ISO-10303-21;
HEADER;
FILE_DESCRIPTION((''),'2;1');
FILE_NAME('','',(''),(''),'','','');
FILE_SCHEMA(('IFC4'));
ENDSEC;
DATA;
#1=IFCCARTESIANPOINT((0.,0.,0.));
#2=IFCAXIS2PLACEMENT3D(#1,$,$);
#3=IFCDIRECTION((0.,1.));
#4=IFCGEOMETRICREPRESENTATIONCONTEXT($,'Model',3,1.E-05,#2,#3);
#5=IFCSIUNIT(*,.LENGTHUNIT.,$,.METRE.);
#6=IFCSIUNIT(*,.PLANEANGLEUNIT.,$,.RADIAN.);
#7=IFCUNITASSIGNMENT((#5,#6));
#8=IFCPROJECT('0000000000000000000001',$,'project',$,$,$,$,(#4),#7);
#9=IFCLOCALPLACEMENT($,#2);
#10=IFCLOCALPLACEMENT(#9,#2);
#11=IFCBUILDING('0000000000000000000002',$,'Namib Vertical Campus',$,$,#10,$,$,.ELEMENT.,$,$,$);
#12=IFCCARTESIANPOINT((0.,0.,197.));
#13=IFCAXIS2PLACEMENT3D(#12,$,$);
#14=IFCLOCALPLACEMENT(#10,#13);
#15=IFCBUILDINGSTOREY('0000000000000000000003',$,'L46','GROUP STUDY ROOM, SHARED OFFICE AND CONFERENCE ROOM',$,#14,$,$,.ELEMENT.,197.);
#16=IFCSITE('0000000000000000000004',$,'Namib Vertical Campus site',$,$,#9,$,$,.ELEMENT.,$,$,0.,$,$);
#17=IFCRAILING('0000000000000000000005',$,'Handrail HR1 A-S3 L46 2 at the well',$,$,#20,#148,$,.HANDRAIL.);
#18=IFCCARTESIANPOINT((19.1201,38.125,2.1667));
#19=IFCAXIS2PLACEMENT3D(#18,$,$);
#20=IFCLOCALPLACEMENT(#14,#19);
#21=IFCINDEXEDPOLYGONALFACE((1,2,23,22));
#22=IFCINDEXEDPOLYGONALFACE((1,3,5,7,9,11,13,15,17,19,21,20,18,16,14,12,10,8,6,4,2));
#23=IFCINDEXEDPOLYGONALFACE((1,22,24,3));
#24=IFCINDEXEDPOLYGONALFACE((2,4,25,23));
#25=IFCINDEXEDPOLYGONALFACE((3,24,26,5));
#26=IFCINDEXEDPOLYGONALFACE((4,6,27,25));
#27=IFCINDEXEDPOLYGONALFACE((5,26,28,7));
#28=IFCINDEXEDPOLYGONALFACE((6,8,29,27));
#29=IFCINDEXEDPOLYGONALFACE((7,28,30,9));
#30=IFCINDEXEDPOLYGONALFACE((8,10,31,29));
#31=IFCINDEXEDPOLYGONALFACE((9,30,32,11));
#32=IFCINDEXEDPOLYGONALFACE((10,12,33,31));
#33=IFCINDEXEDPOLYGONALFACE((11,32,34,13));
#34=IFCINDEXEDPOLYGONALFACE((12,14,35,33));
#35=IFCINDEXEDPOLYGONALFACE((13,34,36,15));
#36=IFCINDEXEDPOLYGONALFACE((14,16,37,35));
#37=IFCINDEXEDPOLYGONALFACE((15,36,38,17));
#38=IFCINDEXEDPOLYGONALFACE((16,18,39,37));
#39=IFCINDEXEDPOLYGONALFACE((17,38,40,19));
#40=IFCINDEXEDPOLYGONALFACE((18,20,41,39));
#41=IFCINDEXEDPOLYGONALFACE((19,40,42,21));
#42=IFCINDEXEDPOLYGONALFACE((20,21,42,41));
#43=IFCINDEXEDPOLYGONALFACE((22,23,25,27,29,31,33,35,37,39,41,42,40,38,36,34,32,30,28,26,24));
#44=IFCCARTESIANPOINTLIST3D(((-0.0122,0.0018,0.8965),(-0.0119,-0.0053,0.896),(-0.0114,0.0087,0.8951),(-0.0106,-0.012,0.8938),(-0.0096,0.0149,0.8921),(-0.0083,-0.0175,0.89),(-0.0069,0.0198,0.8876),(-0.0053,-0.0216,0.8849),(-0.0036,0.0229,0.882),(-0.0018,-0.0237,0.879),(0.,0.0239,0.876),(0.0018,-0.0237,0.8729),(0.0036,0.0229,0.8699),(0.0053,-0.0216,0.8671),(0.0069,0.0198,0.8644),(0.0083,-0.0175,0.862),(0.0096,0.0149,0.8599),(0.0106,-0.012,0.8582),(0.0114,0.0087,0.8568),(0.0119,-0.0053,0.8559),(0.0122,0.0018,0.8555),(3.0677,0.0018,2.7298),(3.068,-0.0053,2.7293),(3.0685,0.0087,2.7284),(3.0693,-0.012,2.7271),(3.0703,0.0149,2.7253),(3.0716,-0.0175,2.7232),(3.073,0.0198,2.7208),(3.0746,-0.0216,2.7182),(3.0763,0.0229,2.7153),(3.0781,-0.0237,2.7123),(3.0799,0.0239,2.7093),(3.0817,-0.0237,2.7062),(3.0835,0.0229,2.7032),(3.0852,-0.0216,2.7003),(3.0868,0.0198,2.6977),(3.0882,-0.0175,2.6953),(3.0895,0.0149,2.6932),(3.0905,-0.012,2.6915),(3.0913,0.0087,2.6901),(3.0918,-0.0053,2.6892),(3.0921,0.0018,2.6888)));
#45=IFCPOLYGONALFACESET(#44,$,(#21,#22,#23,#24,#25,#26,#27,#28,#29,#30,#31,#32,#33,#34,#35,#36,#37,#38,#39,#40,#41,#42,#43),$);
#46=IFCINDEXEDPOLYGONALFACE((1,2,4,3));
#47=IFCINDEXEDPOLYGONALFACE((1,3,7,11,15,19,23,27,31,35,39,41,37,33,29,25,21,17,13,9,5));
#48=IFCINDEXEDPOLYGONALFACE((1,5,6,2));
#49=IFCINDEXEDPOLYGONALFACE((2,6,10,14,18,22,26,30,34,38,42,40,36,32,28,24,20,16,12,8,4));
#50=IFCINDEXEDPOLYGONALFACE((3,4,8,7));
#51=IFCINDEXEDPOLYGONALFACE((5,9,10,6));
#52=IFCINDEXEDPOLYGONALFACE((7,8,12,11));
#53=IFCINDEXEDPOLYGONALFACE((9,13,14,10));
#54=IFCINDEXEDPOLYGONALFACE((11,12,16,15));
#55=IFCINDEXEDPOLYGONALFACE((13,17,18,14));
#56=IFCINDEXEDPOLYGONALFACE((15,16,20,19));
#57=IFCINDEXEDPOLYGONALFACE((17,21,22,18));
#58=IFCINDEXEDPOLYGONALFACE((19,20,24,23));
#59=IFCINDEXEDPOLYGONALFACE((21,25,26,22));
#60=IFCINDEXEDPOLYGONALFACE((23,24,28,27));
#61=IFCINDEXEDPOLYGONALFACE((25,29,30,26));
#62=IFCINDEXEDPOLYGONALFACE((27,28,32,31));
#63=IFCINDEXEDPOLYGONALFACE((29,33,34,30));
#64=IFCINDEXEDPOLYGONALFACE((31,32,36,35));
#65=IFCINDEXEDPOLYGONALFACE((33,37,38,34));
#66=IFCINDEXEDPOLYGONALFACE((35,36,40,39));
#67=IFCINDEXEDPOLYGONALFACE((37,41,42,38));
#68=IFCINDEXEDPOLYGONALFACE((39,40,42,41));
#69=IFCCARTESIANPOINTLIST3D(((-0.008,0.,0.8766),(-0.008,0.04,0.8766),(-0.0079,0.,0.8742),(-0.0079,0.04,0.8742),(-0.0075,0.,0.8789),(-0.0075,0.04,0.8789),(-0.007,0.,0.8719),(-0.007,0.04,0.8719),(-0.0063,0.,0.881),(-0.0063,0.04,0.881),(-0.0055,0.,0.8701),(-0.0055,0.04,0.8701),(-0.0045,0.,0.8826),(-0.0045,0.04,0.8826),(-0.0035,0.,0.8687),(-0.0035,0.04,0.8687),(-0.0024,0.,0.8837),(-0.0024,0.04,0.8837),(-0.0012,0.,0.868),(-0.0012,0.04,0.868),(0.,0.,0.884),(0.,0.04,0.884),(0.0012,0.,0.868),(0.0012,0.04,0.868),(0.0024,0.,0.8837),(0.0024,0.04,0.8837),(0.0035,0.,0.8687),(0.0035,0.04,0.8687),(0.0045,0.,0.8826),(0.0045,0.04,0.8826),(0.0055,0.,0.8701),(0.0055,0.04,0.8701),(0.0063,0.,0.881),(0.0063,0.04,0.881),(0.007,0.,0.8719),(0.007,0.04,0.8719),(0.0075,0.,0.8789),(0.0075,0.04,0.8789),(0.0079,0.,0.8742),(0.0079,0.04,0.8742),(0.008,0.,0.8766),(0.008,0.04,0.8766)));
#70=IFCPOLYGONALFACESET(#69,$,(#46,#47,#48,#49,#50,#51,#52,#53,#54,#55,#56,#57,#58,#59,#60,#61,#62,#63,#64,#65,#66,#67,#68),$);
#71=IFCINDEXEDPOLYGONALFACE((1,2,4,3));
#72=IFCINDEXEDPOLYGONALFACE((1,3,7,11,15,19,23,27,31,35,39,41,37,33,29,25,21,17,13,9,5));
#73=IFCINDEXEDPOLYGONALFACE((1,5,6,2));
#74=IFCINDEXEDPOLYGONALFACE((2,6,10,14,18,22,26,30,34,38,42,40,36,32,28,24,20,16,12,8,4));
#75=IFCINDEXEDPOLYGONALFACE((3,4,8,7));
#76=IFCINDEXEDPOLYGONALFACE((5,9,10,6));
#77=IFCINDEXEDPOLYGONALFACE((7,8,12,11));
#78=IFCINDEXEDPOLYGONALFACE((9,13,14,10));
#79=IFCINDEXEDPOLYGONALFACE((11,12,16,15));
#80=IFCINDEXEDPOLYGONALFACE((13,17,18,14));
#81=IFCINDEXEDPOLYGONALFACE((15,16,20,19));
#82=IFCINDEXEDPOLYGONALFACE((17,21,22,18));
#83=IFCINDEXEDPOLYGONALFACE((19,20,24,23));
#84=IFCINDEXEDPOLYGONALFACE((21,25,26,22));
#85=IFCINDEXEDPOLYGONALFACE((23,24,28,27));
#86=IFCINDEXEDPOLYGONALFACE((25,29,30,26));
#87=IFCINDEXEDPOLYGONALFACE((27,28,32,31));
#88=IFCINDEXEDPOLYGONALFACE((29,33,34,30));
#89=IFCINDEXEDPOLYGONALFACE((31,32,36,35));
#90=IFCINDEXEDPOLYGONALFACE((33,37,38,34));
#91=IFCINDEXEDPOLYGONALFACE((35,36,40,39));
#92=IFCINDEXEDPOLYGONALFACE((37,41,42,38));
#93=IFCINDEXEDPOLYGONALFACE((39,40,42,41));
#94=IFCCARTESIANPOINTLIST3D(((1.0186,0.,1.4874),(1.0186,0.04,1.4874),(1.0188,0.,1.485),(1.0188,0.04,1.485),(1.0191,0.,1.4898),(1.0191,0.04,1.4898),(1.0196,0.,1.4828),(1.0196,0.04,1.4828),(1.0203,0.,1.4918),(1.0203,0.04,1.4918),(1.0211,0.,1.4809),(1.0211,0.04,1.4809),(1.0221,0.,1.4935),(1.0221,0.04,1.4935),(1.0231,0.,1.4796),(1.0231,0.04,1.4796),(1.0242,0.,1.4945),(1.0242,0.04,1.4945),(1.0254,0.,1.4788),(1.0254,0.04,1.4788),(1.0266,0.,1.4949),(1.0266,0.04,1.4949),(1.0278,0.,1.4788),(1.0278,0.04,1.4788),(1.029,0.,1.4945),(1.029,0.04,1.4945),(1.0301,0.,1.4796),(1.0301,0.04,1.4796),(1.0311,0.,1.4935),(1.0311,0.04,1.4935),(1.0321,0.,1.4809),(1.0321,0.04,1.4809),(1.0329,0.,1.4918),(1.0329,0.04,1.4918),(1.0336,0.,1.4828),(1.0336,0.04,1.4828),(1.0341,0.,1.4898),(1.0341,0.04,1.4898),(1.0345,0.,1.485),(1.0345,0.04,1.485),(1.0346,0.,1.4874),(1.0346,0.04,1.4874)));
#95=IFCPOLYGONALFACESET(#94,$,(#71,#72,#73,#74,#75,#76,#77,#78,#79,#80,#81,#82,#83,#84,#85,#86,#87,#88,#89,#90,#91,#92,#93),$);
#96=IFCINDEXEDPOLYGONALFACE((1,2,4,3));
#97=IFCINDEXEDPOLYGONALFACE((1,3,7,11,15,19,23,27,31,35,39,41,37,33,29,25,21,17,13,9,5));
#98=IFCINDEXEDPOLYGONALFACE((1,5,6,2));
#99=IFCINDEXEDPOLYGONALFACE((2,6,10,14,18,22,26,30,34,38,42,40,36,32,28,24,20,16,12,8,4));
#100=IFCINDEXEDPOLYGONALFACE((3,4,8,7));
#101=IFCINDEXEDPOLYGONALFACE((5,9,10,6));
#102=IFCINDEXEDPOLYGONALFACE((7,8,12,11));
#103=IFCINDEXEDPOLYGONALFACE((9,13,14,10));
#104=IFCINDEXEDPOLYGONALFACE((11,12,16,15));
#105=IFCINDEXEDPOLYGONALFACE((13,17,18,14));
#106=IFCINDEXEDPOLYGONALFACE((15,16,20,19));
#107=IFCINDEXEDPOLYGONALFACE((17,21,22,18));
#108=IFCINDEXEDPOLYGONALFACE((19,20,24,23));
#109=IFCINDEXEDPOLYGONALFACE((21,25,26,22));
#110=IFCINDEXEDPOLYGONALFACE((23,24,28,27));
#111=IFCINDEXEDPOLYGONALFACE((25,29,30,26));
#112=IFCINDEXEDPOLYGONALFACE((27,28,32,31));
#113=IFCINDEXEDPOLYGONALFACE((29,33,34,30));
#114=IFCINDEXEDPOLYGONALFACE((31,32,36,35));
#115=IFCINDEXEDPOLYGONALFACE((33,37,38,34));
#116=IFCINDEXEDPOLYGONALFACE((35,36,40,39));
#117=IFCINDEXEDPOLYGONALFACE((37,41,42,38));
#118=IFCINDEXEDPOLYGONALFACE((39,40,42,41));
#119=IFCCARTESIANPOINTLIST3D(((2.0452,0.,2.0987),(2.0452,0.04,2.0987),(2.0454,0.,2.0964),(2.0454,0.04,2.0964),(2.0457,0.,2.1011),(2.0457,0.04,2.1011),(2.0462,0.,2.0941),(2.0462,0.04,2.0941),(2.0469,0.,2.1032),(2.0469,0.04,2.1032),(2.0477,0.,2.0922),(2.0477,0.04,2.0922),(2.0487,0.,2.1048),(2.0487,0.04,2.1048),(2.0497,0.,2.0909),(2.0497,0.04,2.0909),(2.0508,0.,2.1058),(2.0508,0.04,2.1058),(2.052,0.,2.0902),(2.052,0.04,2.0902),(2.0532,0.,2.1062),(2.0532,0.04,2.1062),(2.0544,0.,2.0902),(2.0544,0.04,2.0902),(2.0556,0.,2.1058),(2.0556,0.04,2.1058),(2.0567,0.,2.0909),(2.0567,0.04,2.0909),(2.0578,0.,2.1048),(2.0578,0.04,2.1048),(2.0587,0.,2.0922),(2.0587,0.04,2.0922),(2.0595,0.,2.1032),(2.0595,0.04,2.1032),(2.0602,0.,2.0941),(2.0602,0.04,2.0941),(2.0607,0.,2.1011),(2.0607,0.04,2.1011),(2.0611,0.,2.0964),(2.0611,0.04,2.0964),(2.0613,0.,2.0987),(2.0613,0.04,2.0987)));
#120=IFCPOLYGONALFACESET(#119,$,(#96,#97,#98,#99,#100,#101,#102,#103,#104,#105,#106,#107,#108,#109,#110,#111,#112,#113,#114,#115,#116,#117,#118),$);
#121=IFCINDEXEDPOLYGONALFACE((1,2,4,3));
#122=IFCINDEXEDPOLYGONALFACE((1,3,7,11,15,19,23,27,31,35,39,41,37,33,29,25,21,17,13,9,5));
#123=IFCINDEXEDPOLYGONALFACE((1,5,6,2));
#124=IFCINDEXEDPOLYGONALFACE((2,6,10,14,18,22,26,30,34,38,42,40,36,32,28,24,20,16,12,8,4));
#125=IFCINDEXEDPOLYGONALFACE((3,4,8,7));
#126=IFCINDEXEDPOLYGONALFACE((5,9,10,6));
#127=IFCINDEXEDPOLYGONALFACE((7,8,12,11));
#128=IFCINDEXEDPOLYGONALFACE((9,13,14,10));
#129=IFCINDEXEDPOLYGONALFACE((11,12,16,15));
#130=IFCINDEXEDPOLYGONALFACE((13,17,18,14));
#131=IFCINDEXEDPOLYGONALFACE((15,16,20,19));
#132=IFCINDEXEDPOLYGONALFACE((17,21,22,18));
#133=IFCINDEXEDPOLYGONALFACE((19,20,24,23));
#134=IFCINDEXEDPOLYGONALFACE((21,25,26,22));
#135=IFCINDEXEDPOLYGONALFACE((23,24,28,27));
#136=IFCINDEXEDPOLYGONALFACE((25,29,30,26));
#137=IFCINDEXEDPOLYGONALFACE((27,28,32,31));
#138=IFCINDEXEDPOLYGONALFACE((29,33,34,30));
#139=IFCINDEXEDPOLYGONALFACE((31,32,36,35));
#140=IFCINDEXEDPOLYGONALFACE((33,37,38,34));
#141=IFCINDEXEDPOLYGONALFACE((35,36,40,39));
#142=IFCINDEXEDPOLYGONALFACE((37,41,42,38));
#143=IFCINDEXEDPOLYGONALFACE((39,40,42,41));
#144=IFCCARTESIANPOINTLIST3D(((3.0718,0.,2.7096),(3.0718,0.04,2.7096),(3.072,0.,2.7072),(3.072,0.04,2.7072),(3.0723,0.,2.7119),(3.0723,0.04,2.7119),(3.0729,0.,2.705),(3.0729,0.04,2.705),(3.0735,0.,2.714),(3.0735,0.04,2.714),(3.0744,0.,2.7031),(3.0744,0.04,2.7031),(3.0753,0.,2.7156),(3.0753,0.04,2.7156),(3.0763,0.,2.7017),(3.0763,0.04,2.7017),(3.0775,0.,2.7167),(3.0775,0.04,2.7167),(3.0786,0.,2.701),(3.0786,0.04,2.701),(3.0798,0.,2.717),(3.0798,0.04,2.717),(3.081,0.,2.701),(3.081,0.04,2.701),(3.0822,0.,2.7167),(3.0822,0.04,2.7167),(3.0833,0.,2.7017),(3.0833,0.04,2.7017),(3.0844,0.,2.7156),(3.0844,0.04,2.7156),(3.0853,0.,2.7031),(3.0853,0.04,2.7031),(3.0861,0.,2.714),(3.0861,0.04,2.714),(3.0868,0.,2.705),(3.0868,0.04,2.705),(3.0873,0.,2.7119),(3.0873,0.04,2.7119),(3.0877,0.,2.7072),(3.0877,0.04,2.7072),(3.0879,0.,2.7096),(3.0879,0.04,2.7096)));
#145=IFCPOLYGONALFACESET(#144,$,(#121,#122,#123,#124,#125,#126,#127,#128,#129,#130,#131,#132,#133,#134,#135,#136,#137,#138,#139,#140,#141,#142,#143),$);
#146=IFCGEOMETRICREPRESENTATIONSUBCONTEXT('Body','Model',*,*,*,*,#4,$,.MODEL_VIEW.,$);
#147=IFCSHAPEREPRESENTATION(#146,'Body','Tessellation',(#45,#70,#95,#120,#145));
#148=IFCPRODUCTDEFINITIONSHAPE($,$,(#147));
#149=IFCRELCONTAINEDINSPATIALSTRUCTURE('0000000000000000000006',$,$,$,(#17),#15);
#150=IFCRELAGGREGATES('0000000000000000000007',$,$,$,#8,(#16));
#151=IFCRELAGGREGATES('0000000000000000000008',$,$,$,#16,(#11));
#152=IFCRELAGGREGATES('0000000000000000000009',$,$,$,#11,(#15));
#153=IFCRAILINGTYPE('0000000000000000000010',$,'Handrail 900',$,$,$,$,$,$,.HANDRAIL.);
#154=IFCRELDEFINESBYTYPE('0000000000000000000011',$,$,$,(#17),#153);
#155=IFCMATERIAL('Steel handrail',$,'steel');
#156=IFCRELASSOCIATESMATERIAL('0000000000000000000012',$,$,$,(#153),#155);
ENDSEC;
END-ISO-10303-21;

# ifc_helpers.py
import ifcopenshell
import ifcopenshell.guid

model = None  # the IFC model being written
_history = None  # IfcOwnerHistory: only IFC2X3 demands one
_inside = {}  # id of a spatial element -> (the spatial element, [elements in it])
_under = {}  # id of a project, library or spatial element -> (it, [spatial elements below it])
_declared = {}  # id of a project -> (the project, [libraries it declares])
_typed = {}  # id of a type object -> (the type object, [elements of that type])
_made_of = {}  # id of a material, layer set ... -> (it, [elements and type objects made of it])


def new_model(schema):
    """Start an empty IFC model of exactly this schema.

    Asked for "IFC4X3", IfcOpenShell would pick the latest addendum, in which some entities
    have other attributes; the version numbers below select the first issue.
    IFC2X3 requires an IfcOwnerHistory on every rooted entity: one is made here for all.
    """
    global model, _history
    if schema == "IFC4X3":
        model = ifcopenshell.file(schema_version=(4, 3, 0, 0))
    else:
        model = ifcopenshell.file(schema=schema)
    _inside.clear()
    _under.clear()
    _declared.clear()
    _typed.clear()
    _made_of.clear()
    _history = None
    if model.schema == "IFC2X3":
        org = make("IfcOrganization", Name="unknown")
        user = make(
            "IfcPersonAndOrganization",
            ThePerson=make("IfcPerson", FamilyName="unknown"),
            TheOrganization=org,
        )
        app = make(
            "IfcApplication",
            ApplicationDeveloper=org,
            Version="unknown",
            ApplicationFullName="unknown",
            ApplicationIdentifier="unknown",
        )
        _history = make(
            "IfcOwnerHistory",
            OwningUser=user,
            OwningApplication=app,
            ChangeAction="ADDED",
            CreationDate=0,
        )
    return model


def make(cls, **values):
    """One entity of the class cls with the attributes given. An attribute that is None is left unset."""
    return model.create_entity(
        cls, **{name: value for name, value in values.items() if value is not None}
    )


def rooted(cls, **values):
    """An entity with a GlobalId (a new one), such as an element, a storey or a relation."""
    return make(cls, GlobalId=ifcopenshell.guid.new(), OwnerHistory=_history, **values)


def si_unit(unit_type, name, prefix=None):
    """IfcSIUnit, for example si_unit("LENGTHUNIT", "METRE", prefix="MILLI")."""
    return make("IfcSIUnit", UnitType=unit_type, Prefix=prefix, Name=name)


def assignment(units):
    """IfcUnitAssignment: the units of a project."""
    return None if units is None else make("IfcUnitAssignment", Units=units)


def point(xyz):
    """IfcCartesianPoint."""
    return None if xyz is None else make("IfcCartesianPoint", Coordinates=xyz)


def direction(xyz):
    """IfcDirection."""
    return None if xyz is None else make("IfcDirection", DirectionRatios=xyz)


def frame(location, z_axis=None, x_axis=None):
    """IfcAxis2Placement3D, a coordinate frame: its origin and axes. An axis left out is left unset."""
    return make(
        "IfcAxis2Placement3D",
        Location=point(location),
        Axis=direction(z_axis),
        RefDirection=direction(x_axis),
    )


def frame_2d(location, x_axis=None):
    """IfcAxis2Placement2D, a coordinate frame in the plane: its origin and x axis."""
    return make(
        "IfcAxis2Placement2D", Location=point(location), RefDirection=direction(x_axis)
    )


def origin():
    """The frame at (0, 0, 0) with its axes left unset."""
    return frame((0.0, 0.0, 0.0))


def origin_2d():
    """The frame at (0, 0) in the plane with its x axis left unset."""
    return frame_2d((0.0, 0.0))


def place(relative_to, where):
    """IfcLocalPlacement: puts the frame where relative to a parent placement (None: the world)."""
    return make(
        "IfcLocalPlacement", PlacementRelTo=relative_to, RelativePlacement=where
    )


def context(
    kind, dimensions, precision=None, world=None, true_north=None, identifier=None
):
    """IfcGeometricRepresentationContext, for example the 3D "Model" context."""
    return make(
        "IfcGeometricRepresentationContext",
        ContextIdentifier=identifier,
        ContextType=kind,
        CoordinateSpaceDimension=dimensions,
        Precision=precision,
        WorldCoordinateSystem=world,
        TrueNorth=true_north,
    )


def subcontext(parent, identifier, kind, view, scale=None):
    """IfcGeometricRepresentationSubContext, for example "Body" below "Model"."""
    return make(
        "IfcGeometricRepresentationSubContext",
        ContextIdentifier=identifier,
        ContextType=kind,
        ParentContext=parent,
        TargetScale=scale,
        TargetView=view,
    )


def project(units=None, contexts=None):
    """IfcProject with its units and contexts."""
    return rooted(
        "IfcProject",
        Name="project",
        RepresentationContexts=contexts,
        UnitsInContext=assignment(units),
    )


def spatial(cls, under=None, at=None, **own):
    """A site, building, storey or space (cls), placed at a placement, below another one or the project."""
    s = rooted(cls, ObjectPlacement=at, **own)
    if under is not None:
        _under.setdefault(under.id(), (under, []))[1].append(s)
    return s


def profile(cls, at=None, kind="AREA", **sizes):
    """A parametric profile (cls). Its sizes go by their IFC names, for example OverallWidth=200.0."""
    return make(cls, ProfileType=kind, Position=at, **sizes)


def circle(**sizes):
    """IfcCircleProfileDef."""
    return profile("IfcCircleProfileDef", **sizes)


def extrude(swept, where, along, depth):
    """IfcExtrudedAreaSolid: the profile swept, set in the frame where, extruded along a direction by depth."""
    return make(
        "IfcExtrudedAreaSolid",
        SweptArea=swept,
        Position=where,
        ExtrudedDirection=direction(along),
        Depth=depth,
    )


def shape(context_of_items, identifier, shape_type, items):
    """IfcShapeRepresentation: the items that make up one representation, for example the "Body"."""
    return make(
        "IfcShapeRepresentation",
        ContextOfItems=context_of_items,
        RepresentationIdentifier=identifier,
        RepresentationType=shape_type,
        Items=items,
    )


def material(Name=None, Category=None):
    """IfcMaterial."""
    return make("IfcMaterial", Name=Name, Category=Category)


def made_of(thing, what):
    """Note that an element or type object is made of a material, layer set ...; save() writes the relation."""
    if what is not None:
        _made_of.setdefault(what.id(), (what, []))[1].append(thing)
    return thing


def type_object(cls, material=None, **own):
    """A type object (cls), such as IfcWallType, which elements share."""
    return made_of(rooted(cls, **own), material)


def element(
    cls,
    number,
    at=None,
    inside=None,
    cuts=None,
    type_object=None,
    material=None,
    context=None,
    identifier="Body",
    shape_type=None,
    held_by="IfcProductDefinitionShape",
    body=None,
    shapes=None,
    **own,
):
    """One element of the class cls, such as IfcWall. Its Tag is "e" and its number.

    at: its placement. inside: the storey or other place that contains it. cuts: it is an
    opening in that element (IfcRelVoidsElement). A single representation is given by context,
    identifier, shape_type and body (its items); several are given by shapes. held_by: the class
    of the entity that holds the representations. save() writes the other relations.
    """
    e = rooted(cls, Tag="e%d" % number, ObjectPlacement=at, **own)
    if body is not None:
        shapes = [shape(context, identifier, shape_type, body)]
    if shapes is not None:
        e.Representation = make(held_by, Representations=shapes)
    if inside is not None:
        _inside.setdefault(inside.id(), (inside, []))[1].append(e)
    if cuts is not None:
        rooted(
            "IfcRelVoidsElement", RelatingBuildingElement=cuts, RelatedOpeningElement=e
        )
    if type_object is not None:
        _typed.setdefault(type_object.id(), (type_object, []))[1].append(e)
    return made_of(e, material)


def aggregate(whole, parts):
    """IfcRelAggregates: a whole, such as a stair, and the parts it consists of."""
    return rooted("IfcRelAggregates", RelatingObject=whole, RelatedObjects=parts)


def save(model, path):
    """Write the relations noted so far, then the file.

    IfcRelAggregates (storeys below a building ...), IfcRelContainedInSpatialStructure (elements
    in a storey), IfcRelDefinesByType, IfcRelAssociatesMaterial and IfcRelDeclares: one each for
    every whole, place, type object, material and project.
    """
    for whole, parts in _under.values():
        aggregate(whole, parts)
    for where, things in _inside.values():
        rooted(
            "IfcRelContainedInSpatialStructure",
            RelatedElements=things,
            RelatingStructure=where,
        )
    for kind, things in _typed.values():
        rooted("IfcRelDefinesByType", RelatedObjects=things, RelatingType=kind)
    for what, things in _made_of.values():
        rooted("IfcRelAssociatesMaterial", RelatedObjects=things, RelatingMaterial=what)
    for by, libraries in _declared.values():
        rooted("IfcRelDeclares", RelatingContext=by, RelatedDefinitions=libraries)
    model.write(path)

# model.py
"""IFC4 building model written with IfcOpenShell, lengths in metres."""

from ifc_helpers import new_model, si_unit, direction, frame, origin, origin_2d, place, context, subcontext, project, spatial, circle, extrude, material, type_object, element, save


model = new_model("IFC4")

# Units and contexts
model_context = context("Model", 3, precision=1e-05, world=origin(), true_north=direction((0.0, 1.0)))
body_context = subcontext(model_context, "Body", "Model", "MODEL_VIEW")
ifc_project = project(units=[si_unit("LENGTHUNIT", "METRE"), si_unit("PLANEANGLEUNIT", "RADIAN")], contexts=[model_context])

# Site, building, storey
site_placement = place(None, origin())
site = spatial("IfcSite", under=ifc_project, at=site_placement, Name="Namib Vertical Campus site", CompositionType="ELEMENT", RefElevation=0.0)
building_placement = place(site_placement, origin())
building = spatial("IfcBuilding", under=site, at=building_placement, Name="Namib Vertical Campus", CompositionType="ELEMENT")
storey_placement = place(building_placement, frame((0.0, 0.0, 197.0)))
storey = spatial("IfcBuildingStorey", under=building, at=storey_placement, Name="L46", Description="GROUP STUDY ROOM, SHARED OFFICE AND CONFERENCE ROOM", CompositionType="ELEMENT", Elevation=197.0)

# Railing
ifc_material_1 = material(Name="Steel handrail", Category="steel")
railing_type_1 = type_object("IfcRailingType", Name="Handrail 900", PredefinedType="HANDRAIL", material=ifc_material_1)
railing_1_placement = place(storey_placement, frame((19.1201, 38.125, 2.1667)))
element("IfcRailing", 1, at=railing_1_placement, inside=storey, type_object=railing_type_1, Name="Handrail HR1 A-S3 L46 2 at the well", PredefinedType="HANDRAIL", context=body_context, shape_type="SweptSolid", body=[
    extrude(circle(Radius=0.0239, at=origin_2d()), frame((0.0, 0.0, 0.876), z_axis=(0.859291, 0.0, 0.511487), x_axis=(0.0, 1.0, 0.0)), (0.0, 0.0, 1.0), 3.5842),
    extrude(circle(Radius=0.0081, at=origin_2d()), frame((0.0, 0.0, 0.876), z_axis=(0.0, 1.0, 0.0), x_axis=(0.0, 0.0, 1.0)), (0.0, 0.0, 1.0), 0.04),
    extrude(circle(Radius=0.0081, at=origin_2d()), frame((1.0266, 0.0, 1.4868), z_axis=(0.0, 1.0, 0.0), x_axis=(0.0, 0.0, 1.0)), (0.0, 0.0, 1.0), 0.04),
    extrude(circle(Radius=0.0081, at=origin_2d()), frame((2.0532, 0.0, 2.0981), z_axis=(0.0, 1.0, 0.0), x_axis=(0.0, 0.0, 1.0)), (0.0, 0.0, 1.0), 0.04),
    extrude(circle(Radius=0.0081, at=origin_2d()), frame((3.0798, 0.0, 2.709), z_axis=(0.0, 1.0, 0.0), x_axis=(0.0, 0.0, 1.0)), (0.0, 0.0, 1.0), 0.04),
])

save(model, "model.ifc")
